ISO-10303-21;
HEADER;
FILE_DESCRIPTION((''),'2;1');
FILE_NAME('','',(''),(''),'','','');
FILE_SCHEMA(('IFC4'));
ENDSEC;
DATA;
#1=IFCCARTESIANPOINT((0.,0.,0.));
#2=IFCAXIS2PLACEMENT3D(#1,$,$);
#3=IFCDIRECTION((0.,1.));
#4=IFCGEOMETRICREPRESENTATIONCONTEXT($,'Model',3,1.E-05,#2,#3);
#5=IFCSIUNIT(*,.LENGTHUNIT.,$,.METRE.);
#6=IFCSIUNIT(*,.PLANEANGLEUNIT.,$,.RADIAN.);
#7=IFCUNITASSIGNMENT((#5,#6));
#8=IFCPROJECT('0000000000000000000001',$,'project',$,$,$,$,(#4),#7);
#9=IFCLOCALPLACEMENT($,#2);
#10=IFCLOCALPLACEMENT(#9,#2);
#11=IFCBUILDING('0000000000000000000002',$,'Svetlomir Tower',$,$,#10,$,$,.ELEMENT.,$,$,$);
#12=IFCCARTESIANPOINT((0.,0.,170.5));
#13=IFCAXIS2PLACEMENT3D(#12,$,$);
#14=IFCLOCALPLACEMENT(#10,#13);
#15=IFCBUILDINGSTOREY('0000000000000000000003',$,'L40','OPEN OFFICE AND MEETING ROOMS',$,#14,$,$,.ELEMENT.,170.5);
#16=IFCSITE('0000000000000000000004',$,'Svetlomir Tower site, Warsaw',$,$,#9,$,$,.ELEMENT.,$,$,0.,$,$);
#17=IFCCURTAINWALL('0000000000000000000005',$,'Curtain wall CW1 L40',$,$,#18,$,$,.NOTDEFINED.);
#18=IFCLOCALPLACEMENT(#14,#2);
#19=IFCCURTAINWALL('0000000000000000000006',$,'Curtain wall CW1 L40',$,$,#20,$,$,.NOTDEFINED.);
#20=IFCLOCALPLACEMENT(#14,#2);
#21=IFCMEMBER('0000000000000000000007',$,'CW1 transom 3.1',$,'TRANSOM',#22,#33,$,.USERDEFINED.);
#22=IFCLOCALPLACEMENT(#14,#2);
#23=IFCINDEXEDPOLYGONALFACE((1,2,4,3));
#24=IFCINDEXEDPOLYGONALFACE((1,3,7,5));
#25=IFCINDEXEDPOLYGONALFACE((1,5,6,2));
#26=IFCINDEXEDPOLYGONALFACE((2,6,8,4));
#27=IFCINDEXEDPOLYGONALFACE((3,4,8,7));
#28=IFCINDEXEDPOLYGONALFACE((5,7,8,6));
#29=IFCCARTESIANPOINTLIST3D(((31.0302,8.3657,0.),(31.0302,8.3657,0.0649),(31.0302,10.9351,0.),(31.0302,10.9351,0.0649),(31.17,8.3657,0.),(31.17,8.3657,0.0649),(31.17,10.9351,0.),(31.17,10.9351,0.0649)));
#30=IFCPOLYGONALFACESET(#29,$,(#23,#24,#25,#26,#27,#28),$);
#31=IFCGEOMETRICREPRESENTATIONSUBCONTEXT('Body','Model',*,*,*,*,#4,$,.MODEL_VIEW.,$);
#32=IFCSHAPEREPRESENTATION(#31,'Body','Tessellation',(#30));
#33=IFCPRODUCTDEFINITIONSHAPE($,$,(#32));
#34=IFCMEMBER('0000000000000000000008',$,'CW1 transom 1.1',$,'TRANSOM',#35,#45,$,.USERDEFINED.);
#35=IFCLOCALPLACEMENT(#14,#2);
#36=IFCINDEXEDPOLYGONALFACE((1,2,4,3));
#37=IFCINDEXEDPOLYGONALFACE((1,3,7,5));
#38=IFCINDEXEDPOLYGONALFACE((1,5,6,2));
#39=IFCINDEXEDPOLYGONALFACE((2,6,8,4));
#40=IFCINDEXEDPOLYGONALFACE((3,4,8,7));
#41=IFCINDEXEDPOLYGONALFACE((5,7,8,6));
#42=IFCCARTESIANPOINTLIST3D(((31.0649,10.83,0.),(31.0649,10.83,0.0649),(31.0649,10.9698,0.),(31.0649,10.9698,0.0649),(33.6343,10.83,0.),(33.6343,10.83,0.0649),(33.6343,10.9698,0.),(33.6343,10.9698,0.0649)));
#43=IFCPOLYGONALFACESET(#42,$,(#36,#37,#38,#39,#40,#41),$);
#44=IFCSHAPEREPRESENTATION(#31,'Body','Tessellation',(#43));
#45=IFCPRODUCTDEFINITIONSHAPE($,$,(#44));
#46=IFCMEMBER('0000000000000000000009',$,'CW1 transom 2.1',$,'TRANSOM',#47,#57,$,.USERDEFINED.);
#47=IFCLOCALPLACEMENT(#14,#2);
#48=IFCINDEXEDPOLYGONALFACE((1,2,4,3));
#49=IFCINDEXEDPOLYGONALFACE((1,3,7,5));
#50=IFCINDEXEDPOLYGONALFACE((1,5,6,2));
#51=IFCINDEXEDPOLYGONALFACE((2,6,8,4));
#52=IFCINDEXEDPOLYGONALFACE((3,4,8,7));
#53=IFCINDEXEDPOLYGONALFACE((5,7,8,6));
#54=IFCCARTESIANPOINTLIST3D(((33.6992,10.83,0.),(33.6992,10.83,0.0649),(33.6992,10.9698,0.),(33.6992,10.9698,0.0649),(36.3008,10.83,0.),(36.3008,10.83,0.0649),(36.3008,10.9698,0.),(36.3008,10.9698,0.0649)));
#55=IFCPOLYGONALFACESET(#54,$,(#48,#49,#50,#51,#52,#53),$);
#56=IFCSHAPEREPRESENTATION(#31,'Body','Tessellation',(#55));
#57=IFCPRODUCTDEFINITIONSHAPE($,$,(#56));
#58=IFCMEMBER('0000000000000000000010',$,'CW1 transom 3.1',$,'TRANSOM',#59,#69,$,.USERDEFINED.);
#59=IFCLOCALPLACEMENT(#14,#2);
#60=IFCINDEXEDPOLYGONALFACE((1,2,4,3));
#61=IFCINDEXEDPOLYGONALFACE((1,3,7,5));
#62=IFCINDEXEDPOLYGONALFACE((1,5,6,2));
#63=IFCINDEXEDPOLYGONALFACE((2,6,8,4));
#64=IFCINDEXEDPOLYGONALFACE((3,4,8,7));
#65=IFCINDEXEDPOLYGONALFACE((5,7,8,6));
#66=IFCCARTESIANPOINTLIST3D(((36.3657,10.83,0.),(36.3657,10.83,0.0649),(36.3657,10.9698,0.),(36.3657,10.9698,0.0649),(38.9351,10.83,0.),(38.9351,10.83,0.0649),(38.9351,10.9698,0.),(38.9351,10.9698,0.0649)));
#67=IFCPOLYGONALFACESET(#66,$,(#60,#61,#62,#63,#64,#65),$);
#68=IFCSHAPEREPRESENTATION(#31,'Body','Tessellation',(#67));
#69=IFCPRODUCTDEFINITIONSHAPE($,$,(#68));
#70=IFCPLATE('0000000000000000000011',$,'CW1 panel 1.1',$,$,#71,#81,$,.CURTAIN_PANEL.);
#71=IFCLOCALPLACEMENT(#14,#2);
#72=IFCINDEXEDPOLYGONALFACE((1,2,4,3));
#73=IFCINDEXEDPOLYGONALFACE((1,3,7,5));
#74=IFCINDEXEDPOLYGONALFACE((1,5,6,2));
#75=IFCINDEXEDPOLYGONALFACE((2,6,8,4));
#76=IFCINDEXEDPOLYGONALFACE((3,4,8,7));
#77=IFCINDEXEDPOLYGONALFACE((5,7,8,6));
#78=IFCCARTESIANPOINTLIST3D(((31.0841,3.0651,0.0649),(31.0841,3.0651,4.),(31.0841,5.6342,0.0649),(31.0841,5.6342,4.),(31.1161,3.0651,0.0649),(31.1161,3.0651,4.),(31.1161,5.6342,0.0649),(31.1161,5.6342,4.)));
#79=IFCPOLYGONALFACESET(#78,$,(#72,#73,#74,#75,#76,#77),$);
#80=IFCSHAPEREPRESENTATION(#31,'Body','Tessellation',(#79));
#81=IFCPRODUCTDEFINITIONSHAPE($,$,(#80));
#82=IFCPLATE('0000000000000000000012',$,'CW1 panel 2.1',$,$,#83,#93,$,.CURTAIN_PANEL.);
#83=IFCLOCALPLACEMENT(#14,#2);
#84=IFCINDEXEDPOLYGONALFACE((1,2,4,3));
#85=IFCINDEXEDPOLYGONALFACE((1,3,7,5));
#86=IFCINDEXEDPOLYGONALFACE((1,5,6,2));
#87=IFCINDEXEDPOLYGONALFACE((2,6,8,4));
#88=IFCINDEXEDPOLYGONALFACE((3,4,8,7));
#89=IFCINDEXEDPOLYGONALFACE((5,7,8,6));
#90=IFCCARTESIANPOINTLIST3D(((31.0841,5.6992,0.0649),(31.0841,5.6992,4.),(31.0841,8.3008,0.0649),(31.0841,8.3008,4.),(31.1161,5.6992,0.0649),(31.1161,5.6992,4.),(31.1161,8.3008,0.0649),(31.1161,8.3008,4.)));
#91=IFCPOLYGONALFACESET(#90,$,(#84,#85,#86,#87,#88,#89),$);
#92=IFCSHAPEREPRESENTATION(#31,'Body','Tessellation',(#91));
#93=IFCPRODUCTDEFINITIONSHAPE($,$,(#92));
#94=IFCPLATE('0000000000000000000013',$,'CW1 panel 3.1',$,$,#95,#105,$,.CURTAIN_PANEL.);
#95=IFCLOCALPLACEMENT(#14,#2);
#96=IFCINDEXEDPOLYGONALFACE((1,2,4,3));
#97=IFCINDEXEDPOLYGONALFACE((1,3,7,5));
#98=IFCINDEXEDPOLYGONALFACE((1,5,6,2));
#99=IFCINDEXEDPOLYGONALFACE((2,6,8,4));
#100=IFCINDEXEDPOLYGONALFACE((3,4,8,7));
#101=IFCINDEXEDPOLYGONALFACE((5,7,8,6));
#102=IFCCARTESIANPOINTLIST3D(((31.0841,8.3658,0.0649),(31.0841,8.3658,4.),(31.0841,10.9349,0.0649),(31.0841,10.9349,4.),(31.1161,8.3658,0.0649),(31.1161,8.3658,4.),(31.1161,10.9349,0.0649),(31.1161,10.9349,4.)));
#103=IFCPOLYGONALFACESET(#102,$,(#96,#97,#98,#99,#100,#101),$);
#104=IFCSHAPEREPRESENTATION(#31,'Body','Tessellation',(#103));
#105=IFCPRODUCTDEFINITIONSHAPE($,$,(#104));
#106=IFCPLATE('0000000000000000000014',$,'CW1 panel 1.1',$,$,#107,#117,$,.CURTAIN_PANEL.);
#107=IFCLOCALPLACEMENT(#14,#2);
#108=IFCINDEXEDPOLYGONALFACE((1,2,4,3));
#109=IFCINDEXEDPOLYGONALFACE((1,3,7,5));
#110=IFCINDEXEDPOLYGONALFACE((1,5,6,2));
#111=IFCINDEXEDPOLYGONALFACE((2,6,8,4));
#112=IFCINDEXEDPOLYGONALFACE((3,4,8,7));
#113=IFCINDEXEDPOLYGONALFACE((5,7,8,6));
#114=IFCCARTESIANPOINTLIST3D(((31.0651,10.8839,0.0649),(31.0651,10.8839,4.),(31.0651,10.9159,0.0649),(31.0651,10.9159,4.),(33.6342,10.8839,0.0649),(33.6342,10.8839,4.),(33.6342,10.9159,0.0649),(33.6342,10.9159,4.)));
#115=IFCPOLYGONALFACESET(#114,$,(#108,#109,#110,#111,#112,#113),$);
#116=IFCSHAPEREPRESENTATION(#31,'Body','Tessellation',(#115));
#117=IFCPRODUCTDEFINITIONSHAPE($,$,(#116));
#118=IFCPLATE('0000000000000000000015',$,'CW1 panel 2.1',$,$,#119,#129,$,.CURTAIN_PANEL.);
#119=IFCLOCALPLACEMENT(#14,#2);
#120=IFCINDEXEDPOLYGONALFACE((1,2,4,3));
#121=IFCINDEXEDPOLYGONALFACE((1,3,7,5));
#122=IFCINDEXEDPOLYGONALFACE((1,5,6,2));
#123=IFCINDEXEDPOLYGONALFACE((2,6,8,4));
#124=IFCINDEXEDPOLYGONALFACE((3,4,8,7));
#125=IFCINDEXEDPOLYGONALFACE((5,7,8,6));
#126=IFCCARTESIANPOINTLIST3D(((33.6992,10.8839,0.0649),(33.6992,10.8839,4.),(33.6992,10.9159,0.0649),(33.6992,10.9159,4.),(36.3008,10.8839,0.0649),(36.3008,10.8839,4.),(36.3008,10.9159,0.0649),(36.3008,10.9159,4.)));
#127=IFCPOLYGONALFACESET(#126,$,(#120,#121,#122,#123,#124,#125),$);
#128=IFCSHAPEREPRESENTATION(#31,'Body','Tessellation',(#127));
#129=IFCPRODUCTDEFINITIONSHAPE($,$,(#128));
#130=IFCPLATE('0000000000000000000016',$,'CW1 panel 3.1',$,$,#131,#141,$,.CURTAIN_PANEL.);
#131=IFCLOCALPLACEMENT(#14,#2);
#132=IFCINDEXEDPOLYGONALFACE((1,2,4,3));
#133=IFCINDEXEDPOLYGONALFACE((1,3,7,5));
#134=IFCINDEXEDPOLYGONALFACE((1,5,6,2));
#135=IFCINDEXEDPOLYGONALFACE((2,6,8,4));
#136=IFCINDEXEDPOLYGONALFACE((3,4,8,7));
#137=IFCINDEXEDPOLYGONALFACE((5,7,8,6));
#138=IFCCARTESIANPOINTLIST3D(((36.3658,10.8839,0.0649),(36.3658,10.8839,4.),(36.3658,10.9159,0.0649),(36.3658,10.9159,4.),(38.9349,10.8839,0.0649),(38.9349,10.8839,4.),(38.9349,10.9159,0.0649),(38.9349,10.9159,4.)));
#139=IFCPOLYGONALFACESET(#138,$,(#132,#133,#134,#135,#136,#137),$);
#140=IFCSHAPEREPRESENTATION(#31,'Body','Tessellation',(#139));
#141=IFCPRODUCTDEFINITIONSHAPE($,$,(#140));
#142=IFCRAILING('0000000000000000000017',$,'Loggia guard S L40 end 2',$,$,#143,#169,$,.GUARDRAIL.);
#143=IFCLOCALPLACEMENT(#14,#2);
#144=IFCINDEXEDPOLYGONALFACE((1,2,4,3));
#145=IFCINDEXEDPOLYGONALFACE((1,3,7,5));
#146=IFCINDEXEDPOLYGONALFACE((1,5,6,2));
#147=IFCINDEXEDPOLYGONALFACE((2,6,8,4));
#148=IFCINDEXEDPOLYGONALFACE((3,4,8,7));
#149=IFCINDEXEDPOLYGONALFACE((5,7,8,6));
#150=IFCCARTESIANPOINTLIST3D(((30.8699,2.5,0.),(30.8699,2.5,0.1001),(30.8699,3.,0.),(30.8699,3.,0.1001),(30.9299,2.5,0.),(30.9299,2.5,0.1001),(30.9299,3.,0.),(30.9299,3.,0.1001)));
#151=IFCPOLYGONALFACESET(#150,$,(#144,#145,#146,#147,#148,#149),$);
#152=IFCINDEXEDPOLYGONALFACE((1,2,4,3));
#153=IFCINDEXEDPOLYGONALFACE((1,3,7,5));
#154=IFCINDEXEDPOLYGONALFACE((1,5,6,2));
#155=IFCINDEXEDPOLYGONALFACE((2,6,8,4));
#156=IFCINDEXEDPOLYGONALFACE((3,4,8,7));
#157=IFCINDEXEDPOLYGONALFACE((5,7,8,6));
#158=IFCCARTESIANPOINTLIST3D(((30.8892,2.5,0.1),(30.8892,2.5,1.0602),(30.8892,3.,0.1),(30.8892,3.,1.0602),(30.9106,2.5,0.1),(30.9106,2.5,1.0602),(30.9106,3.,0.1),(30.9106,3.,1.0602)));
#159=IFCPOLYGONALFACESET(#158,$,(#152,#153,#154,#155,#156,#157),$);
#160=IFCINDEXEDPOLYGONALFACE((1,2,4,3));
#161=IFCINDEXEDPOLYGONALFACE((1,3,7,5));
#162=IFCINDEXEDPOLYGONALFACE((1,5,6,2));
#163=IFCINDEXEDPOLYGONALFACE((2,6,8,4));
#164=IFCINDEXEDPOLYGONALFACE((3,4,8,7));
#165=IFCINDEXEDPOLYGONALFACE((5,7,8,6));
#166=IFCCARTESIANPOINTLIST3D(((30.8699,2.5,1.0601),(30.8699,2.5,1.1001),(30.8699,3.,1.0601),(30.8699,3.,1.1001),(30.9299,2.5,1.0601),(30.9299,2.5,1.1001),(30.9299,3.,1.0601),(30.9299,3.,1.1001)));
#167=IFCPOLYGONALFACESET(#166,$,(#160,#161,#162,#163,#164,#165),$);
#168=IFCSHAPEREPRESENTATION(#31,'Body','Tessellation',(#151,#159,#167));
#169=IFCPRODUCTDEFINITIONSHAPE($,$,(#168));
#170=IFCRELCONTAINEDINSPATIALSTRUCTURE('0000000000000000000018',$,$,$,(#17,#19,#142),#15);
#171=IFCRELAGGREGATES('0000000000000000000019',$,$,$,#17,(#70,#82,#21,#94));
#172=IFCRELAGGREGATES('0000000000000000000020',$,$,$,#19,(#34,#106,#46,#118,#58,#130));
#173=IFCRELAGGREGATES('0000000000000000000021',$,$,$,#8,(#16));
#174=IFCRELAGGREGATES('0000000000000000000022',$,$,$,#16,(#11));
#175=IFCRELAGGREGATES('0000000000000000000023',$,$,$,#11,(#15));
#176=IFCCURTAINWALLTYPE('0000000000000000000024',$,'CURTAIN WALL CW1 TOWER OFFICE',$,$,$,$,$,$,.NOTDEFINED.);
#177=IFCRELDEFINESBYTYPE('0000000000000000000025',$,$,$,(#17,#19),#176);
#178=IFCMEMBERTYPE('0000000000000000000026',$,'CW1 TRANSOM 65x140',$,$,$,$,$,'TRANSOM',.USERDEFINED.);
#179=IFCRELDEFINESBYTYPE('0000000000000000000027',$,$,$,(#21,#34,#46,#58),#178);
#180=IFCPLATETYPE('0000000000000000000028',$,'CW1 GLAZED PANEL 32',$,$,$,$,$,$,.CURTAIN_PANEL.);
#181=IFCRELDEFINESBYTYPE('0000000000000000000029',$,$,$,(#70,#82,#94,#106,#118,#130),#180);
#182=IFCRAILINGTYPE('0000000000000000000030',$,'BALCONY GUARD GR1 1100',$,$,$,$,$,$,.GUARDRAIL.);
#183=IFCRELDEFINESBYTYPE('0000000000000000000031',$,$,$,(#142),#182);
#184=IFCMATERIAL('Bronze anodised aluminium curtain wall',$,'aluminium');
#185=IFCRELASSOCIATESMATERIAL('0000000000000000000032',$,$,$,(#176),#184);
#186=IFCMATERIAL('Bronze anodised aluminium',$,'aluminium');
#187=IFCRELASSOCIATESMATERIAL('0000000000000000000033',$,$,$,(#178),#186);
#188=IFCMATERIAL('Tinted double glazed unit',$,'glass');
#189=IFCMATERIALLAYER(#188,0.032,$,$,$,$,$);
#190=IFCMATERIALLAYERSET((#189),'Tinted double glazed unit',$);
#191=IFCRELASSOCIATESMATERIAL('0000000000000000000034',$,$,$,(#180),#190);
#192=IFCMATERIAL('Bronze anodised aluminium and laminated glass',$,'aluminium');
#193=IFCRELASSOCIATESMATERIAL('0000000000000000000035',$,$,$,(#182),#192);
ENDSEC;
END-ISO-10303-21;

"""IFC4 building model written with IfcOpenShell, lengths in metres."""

from ifc_helpers import new_model, si_unit, direction, frame, origin, origin_2d, place, context, subcontext, project, spatial, rectangle, extrude, material, layer, layer_set, material_profile, profile_set, type_object, element, aggregate, save


model = new_model("IFC4")

# Units and contexts
model_context = context("Model", 3, precision=1e-05, world=origin(), true_north=direction((0.0, 1.0)))
body_context = subcontext(model_context, "Body", "Model", "MODEL_VIEW")
ifc_project = project(units=[si_unit("LENGTHUNIT", "METRE"), si_unit("PLANEANGLEUNIT", "RADIAN")], contexts=[model_context])

# Site, building, storey
site_placement = place(None, origin())
site = spatial("IfcSite", under=ifc_project, at=site_placement, Name="Svetlomir Tower site, Warsaw", CompositionType="ELEMENT", RefElevation=0.0)
building_placement = place(site_placement, origin())
building = spatial("IfcBuilding", under=site, at=building_placement, Name="Svetlomir Tower", CompositionType="ELEMENT")
storey_placement = place(building_placement, frame((0.0, 0.0, 170.5)))
storey = spatial("IfcBuildingStorey", under=building, at=storey_placement, Name="L40", Description="OPEN OFFICE AND MEETING ROOMS", CompositionType="ELEMENT", Elevation=170.5)

# Curtain walls
ifc_material_1 = material(Name="Bronze anodised aluminium curtain wall", Category="aluminium")
curtain_wall_type = type_object("IfcCurtainWallType", Name="CURTAIN WALL CW1 TOWER OFFICE", PredefinedType="NOTDEFINED", material=ifc_material_1)
curtain_wall_1_placement = place(storey_placement, origin())
curtain_wall_1 = element("IfcCurtainWall", 1, at=curtain_wall_1_placement, inside=storey, type_object=curtain_wall_type, Name="Curtain wall CW1 L40", PredefinedType="NOTDEFINED")
curtain_wall_2_placement = place(storey_placement, origin())
curtain_wall_2 = element("IfcCurtainWall", 2, at=curtain_wall_2_placement, inside=storey, type_object=curtain_wall_type, Name="Curtain wall CW1 L40", PredefinedType="NOTDEFINED")

# Members
ifc_material_2 = material(Name="Bronze anodised aluminium", Category="aluminium")
ifc_material_profile_1 = material_profile(ifc_material_2, rectangle(XDim=0.1399, YDim=0.0649, at=origin_2d()), Name="AL 140x65")
ifc_profile_set_1 = profile_set([ifc_material_profile_1], Name="Bronze anodised aluminium 6063-T6")
member_type_1 = type_object("IfcMemberType", Name="CW1 TRANSOM 65x140", ElementType="TRANSOM", PredefinedType="USERDEFINED", material=ifc_profile_set_1)
member_1_placement = place(storey_placement, frame((31.1001, 8.3657, 0.0325), z_axis=(0.0, 1.0, 0.0), x_axis=(-1.0, 0.0, 0.0)))
member_1 = element("IfcMember", 3, at=member_1_placement, type_object=member_type_1, Name="CW1 transom 3.1", ObjectType="TRANSOM", PredefinedType="USERDEFINED", context=body_context, shape_type="SweptSolid", body=[
    extrude(rectangle(XDim=0.1399, YDim=0.0649, at=origin_2d()), origin(), (0.0, 0.0, 1.0), 2.5693),
])
member_2_placement = place(storey_placement, frame((31.0649, 10.8999, 0.0325), z_axis=(1.0, 0.0, 0.0), x_axis=(0.0, 1.0, 0.0)))
member_2 = element("IfcMember", 4, at=member_2_placement, type_object=member_type_1, Name="CW1 transom 1.1", ObjectType="TRANSOM", PredefinedType="USERDEFINED", context=body_context, shape_type="SweptSolid", body=[
    extrude(rectangle(XDim=0.1399, YDim=0.0649, at=origin_2d()), origin(), (0.0, 0.0, 1.0), 2.5693),
])
member_3_placement = place(storey_placement, frame((33.6992, 10.8999, 0.0325), z_axis=(1.0, 0.0, 0.0), x_axis=(0.0, 1.0, 0.0)))
member_3 = element("IfcMember", 5, at=member_3_placement, type_object=member_type_1, Name="CW1 transom 2.1", ObjectType="TRANSOM", PredefinedType="USERDEFINED", context=body_context, shape_type="SweptSolid", body=[
    extrude(rectangle(XDim=0.1399, YDim=0.0649, at=origin_2d()), origin(), (0.0, 0.0, 1.0), 2.6016),
])
member_4_placement = place(storey_placement, frame((36.3657, 10.8999, 0.0325), z_axis=(1.0, 0.0, 0.0), x_axis=(0.0, 1.0, 0.0)))
member_4 = element("IfcMember", 6, at=member_4_placement, type_object=member_type_1, Name="CW1 transom 3.1", ObjectType="TRANSOM", PredefinedType="USERDEFINED", context=body_context, shape_type="SweptSolid", body=[
    extrude(rectangle(XDim=0.1399, YDim=0.0649, at=origin_2d()), origin(), (0.0, 0.0, 1.0), 2.5693),
])

# Plates
ifc_material_3 = material(Name="Tinted double glazed unit", Category="glass")
ifc_layer = layer(ifc_material_3, 0.032)
ifc_layer_set = layer_set([ifc_layer], Name="Tinted double glazed unit")
plate_type = type_object("IfcPlateType", Name="CW1 GLAZED PANEL 32", PredefinedType="CURTAIN_PANEL", material=ifc_layer_set)
plate_1_placement = place(storey_placement, frame((31.1001, 4.3496, 0.0649), z_axis=(0.0, 0.0, 1.0), x_axis=(0.0, 1.0, 0.0)))
plate_1 = element("IfcPlate", 7, at=plate_1_placement, type_object=plate_type, Name="CW1 panel 1.1", PredefinedType="CURTAIN_PANEL", context=body_context, shape_type="SweptSolid", body=[
    extrude(rectangle(XDim=2.5691, YDim=0.032, at=origin_2d()), origin(), (0.0, 0.0, 1.0), 3.9351),
])
plate_2_placement = place(storey_placement, frame((31.1001, 7.0, 0.0649), z_axis=(0.0, 0.0, 1.0), x_axis=(0.0, 1.0, 0.0)))
plate_2 = element("IfcPlate", 8, at=plate_2_placement, type_object=plate_type, Name="CW1 panel 2.1", PredefinedType="CURTAIN_PANEL", context=body_context, shape_type="SweptSolid", body=[
    extrude(rectangle(XDim=2.6016, YDim=0.032, at=origin_2d()), origin(), (0.0, 0.0, 1.0), 3.9351),
])
plate_3_placement = place(storey_placement, frame((31.1001, 9.6504, 0.0649), z_axis=(0.0, 0.0, 1.0), x_axis=(0.0, 1.0, 0.0)))
plate_3 = element("IfcPlate", 9, at=plate_3_placement, type_object=plate_type, Name="CW1 panel 3.1", PredefinedType="CURTAIN_PANEL", context=body_context, shape_type="SweptSolid", body=[
    extrude(rectangle(XDim=2.5691, YDim=0.032, at=origin_2d()), origin(), (0.0, 0.0, 1.0), 3.9351),
])
aggregate(curtain_wall_1, [plate_1, plate_2, member_1, plate_3])
plate_4_placement = place(storey_placement, frame((32.3496, 10.8999, 0.0649), z_axis=(0.0, 0.0, 1.0), x_axis=(1.0, 0.0, 0.0)))
plate_4 = element("IfcPlate", 10, at=plate_4_placement, type_object=plate_type, Name="CW1 panel 1.1", PredefinedType="CURTAIN_PANEL", context=body_context, shape_type="SweptSolid", body=[
    extrude(rectangle(XDim=2.5691, YDim=0.032, at=origin_2d()), origin(), (0.0, 0.0, 1.0), 3.9351),
])
plate_5_placement = place(storey_placement, frame((35.0, 10.8999, 0.0649), z_axis=(0.0, 0.0, 1.0), x_axis=(1.0, 0.0, 0.0)))
plate_5 = element("IfcPlate", 11, at=plate_5_placement, type_object=plate_type, Name="CW1 panel 2.1", PredefinedType="CURTAIN_PANEL", context=body_context, shape_type="SweptSolid", body=[
    extrude(rectangle(XDim=2.6016, YDim=0.032, at=origin_2d()), origin(), (0.0, 0.0, 1.0), 3.9351),
])
plate_6_placement = place(storey_placement, frame((37.6504, 10.8999, 0.0649), z_axis=(0.0, 0.0, 1.0), x_axis=(1.0, 0.0, 0.0)))
plate_6 = element("IfcPlate", 12, at=plate_6_placement, type_object=plate_type, Name="CW1 panel 3.1", PredefinedType="CURTAIN_PANEL", context=body_context, shape_type="SweptSolid", body=[
    extrude(rectangle(XDim=2.5691, YDim=0.032, at=origin_2d()), origin(), (0.0, 0.0, 1.0), 3.9351),
])
aggregate(curtain_wall_2, [member_2, plate_4, member_3, plate_5, member_4, plate_6])

# Railing
ifc_material_4 = material(Name="Bronze anodised aluminium and laminated glass", Category="aluminium")
railing_type = type_object("IfcRailingType", Name="BALCONY GUARD GR1 1100", PredefinedType="GUARDRAIL", material=ifc_material_4)
railing_placement = place(storey_placement, frame((30.8999, 2.5, 0.0)))
element("IfcRailing", 13, at=railing_placement, inside=storey, type_object=railing_type, Name="Loggia guard S L40 end 2", PredefinedType="GUARDRAIL", context=body_context, shape_type="SweptSolid", body=[
    extrude(rectangle(XDim=0.0601, YDim=0.1001, at=origin_2d()), frame((0.0, 0.0, 0.05), z_axis=(0.0, 1.0, 0.0), x_axis=(-1.0, 0.0, 0.0)), (0.0, 0.0, 1.0), 0.5),
    extrude(rectangle(XDim=0.0215, YDim=0.9602, at=origin_2d()), frame((0.0, 0.0, 0.5801), z_axis=(0.0, 1.0, 0.0), x_axis=(-1.0, 0.0, 0.0)), (0.0, 0.0, 1.0), 0.5),
    extrude(rectangle(XDim=0.0601, YDim=0.04, at=origin_2d()), frame((0.0, 0.0, 1.0801), z_axis=(0.0, 1.0, 0.0), x_axis=(-1.0, 0.0, 0.0)), (0.0, 0.0, 1.0), 0.5),
])

save(model, "model.ifc")
